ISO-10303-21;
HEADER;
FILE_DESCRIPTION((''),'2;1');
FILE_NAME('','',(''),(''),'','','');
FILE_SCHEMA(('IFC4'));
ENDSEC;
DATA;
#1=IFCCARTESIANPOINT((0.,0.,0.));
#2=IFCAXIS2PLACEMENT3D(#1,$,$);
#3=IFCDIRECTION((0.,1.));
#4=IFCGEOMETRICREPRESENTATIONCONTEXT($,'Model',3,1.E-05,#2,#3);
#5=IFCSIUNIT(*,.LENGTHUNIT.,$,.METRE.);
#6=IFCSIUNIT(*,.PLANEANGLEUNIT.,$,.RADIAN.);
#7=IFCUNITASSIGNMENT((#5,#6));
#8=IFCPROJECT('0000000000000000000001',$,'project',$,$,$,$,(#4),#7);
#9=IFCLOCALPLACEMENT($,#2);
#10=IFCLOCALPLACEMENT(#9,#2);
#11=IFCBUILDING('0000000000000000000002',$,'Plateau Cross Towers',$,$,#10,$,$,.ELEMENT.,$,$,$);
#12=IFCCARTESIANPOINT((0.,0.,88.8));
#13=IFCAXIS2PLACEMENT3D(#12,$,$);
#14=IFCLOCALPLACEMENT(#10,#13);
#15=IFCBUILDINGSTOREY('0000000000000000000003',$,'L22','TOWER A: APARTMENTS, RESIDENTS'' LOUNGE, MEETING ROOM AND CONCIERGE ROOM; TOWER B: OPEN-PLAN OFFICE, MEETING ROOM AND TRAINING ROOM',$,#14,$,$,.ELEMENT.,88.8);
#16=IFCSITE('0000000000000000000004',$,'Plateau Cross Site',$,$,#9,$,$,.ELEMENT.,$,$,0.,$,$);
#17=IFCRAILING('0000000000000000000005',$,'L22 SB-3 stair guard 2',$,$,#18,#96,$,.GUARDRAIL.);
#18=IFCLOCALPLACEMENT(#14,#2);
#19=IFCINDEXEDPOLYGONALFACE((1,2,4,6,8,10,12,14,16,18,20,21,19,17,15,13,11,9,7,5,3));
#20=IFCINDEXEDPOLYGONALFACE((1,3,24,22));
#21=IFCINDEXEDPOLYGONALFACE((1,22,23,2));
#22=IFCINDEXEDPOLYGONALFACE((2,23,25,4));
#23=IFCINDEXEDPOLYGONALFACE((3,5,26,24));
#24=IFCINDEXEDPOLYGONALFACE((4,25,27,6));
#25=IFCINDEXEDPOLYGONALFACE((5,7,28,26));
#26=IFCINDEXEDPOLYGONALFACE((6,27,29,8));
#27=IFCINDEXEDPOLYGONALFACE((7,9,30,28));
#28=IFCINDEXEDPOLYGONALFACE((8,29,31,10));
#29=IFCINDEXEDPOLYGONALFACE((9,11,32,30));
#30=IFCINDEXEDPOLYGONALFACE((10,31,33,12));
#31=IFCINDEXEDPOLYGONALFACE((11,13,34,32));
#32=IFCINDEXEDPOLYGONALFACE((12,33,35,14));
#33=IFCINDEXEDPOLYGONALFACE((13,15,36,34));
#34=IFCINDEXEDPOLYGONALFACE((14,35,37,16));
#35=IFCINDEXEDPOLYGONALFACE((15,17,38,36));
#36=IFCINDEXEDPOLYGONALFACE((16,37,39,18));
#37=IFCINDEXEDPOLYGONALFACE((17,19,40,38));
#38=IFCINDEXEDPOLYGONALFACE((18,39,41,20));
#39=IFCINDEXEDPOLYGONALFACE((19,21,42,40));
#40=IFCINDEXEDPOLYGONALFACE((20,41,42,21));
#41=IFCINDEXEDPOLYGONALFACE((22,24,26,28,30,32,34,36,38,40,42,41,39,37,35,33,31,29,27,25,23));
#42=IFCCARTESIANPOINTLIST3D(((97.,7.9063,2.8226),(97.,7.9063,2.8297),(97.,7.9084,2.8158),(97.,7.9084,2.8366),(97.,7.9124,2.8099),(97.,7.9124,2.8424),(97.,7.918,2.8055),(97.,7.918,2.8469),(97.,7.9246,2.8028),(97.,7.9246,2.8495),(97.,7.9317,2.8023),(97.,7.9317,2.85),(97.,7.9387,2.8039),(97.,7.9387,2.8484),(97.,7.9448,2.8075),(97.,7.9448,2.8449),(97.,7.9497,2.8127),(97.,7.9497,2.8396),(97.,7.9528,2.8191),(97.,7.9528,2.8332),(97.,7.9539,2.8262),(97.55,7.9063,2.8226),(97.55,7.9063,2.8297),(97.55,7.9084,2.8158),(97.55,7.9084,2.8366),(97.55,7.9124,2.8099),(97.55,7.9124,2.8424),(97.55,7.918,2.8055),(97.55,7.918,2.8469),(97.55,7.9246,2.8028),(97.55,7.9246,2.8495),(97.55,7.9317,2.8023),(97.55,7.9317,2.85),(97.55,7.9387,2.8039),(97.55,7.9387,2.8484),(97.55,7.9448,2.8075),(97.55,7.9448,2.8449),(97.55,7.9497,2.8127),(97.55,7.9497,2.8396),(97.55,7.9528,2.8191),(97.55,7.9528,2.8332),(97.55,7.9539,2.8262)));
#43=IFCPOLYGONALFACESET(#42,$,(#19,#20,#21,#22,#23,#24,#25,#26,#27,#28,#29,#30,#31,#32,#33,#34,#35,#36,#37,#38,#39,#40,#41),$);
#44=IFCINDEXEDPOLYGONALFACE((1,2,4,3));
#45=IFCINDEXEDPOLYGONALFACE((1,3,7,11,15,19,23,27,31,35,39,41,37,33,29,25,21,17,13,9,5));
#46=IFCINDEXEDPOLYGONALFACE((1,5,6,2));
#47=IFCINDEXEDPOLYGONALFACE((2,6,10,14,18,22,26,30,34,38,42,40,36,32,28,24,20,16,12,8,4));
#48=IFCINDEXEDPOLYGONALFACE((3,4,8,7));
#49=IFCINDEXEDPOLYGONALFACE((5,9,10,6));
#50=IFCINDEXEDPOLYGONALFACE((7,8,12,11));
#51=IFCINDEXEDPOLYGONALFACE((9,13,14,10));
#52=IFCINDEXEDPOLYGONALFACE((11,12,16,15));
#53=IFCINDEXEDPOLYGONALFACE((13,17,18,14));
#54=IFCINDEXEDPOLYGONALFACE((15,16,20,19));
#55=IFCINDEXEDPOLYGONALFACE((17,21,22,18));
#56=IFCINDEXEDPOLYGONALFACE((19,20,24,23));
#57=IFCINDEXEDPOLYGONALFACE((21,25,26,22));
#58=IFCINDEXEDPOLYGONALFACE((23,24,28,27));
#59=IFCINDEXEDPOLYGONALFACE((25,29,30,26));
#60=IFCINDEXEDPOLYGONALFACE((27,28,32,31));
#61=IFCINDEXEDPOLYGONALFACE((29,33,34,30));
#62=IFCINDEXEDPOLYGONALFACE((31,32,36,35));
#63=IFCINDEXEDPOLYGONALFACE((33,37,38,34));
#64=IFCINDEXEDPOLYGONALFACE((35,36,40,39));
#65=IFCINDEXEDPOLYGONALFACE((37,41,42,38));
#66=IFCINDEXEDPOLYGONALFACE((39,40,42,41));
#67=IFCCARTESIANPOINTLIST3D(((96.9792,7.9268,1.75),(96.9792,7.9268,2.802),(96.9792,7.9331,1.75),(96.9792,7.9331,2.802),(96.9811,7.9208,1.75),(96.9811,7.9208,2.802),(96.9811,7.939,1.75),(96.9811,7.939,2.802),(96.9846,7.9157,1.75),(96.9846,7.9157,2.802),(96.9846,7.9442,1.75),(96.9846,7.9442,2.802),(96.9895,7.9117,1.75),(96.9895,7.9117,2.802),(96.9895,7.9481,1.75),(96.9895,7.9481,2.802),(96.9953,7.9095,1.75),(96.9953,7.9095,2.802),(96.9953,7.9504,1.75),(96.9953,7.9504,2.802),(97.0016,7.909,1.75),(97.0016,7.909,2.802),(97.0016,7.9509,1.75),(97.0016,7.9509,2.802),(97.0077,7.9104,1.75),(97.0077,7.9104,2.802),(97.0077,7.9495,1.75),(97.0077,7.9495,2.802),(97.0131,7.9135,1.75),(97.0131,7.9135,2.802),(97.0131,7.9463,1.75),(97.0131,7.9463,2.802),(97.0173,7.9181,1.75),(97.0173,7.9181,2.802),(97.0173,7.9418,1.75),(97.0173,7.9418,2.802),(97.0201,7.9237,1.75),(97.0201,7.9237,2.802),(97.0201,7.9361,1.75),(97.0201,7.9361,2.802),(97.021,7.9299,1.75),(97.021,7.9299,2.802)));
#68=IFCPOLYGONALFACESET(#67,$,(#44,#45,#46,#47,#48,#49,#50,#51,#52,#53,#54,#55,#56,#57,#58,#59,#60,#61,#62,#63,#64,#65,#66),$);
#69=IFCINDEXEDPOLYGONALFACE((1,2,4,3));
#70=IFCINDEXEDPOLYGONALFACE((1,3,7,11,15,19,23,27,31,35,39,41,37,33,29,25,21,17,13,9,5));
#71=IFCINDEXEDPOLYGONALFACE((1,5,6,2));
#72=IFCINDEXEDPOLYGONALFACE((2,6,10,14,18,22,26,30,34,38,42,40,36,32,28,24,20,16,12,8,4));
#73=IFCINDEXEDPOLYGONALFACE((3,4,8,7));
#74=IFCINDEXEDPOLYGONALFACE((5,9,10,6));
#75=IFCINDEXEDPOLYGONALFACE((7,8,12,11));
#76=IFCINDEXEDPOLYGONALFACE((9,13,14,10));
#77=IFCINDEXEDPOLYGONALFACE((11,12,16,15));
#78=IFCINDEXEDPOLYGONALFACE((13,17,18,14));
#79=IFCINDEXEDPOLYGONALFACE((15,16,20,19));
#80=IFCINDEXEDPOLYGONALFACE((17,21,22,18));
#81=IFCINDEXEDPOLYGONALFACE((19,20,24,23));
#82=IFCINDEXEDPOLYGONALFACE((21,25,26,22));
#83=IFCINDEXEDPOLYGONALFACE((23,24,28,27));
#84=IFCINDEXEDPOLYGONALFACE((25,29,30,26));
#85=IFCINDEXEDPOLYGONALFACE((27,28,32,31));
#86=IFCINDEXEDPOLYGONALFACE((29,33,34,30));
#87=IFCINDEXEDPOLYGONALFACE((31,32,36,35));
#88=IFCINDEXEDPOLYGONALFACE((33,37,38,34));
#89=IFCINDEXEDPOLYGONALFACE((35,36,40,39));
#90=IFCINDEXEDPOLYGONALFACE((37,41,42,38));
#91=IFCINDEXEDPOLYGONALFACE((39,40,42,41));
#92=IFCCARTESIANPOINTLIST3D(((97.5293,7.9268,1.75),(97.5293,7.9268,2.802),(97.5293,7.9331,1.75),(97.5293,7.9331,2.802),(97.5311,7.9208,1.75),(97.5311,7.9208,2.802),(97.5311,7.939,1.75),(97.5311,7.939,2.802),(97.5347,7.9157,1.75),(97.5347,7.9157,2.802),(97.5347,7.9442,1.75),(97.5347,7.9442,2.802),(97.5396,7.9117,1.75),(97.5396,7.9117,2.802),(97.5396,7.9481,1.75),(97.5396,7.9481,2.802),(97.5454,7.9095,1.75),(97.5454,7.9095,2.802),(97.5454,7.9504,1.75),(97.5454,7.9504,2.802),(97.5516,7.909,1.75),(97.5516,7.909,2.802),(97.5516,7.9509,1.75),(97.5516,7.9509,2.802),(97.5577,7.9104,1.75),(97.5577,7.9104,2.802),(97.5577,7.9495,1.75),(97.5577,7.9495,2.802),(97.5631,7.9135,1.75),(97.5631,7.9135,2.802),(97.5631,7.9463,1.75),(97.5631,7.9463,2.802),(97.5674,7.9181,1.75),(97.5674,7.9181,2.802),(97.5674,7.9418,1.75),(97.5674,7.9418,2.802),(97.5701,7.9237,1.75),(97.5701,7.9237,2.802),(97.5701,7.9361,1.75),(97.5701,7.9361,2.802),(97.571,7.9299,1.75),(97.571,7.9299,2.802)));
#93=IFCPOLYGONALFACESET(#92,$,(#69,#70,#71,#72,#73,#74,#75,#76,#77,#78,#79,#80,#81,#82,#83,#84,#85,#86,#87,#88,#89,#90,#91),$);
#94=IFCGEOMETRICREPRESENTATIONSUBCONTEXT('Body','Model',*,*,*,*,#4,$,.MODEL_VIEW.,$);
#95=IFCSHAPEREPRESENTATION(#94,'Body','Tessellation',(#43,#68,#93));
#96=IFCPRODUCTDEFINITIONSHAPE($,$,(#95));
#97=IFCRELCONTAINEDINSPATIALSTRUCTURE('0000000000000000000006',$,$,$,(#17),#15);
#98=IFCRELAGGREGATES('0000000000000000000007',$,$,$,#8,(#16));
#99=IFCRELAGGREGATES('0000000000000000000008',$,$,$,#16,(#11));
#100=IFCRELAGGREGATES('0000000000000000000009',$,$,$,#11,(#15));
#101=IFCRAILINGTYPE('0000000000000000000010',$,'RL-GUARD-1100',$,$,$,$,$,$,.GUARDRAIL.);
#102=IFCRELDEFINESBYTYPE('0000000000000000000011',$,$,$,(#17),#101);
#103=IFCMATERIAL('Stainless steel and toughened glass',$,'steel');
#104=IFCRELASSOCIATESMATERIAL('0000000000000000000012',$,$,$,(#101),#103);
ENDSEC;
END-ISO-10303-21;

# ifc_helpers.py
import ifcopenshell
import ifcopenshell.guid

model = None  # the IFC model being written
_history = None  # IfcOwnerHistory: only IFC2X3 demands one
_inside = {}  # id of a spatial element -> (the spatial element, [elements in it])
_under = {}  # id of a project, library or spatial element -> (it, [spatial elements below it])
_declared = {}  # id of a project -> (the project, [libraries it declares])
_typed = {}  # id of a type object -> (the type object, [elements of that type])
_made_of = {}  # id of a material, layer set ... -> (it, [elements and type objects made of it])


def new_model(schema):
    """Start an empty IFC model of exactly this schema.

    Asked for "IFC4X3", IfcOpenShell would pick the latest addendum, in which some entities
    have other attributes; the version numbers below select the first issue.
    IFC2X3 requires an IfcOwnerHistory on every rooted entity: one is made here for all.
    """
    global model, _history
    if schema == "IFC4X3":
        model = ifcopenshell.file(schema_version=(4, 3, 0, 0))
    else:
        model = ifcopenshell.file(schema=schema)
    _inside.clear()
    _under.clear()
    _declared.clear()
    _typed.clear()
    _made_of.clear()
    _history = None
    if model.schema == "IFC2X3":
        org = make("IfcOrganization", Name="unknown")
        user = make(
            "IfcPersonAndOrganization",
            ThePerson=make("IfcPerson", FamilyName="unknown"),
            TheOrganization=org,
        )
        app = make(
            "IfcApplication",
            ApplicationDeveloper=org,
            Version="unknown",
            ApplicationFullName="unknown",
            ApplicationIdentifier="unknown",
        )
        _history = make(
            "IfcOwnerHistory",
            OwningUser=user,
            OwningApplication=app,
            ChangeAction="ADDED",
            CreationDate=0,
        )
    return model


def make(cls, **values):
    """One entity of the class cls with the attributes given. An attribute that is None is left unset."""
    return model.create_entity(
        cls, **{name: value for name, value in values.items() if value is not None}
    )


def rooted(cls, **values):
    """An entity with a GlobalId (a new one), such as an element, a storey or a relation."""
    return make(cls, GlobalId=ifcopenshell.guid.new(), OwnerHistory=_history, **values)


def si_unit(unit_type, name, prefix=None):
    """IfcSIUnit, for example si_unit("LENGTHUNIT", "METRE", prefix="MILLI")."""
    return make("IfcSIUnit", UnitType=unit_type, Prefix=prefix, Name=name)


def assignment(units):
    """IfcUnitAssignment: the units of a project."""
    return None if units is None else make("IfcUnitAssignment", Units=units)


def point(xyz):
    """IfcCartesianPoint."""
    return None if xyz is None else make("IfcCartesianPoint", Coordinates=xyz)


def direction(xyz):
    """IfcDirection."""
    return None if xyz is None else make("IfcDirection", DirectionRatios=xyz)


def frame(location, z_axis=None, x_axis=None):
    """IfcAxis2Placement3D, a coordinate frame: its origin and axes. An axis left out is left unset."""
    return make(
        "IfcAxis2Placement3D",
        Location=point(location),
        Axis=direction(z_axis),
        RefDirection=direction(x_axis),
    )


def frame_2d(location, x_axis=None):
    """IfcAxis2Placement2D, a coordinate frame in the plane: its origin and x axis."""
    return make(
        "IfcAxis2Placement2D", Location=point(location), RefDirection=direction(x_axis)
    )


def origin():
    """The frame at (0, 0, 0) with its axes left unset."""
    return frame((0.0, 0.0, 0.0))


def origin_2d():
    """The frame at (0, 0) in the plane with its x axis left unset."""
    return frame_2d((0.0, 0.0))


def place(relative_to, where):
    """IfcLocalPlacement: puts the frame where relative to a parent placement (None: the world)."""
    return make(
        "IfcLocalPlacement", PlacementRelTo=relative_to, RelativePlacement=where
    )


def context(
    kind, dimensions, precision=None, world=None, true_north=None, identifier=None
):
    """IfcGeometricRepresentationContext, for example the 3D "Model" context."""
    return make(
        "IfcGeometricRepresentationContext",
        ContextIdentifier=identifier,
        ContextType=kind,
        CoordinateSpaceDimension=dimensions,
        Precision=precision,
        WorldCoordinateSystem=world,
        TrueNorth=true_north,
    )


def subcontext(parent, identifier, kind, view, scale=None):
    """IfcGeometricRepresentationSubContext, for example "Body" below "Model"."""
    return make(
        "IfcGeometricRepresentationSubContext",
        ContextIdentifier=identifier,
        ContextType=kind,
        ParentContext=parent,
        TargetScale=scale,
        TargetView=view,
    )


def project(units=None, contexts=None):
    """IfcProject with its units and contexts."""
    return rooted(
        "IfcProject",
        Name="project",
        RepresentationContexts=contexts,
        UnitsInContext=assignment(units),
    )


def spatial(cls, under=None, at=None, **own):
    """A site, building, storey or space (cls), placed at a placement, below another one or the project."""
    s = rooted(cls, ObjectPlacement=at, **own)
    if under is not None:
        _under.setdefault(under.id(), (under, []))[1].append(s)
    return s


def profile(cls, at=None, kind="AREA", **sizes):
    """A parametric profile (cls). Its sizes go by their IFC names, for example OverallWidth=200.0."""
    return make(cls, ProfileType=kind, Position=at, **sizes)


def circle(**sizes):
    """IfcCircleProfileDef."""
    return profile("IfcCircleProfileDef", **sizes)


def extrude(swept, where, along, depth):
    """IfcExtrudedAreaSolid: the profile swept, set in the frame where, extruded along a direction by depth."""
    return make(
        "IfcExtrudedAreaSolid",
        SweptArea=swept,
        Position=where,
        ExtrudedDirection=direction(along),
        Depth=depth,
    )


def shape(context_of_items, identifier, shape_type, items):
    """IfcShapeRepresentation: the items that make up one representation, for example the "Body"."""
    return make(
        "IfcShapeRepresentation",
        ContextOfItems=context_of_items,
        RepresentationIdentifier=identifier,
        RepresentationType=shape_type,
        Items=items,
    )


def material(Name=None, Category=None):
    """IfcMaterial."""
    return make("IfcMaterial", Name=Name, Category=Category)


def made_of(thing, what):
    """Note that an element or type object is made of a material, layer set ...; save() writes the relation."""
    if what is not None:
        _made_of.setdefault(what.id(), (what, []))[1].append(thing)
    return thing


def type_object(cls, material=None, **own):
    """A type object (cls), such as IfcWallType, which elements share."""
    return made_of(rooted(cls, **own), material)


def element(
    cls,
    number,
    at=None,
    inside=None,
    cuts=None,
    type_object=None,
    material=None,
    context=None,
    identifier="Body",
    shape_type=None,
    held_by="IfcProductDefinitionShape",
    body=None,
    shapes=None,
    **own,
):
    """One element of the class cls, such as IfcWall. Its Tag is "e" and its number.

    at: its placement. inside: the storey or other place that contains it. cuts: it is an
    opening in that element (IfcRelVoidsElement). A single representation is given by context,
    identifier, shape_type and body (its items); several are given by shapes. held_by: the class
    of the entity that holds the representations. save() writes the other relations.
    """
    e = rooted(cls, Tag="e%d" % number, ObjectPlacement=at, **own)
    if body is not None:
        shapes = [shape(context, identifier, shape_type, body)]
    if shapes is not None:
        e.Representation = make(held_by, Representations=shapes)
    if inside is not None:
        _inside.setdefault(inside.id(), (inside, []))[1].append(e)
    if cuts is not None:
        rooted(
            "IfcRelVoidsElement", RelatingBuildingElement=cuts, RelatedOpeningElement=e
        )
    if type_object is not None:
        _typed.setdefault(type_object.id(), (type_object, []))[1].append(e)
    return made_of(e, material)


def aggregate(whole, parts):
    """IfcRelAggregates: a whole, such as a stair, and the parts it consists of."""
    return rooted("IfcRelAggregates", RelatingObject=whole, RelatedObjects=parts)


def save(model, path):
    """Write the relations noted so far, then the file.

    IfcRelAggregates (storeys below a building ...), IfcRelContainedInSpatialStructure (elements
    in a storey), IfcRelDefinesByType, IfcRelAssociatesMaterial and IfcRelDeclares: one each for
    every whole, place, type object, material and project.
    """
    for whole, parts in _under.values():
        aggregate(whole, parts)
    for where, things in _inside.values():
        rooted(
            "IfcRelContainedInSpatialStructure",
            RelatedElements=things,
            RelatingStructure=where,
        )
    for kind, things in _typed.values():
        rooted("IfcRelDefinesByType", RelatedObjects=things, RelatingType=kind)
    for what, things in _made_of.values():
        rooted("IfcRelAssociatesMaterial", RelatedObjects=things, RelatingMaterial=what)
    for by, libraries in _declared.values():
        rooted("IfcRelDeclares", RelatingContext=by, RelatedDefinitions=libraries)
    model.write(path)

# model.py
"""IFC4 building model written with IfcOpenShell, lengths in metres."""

from ifc_helpers import new_model, si_unit, direction, frame, origin, origin_2d, place, context, subcontext, project, spatial, circle, extrude, material, type_object, element, save


model = new_model("IFC4")

# Units and contexts
model_context = context("Model", 3, precision=1e-05, world=origin(), true_north=direction((0.0, 1.0)))
body_context = subcontext(model_context, "Body", "Model", "MODEL_VIEW")
ifc_project = project(units=[si_unit("LENGTHUNIT", "METRE"), si_unit("PLANEANGLEUNIT", "RADIAN")], contexts=[model_context])

# Site, building, storey
site_placement = place(None, origin())
site = spatial("IfcSite", under=ifc_project, at=site_placement, Name="Plateau Cross Site", CompositionType="ELEMENT", RefElevation=0.0)
building_placement = place(site_placement, origin())
building = spatial("IfcBuilding", under=site, at=building_placement, Name="Plateau Cross Towers", CompositionType="ELEMENT")
storey_placement = place(building_placement, frame((0.0, 0.0, 88.8)))
storey = spatial("IfcBuildingStorey", under=building, at=storey_placement, Name="L22", Description="TOWER A: APARTMENTS, RESIDENTS' LOUNGE, MEETING ROOM AND CONCIERGE ROOM; TOWER B: OPEN-PLAN OFFICE, MEETING ROOM AND TRAINING ROOM", CompositionType="ELEMENT", Elevation=88.8)

# Railing
ifc_material_1 = material(Name="Stainless steel and toughened glass", Category="steel")
railing_type_1 = type_object("IfcRailingType", Name="RL-GUARD-1100", PredefinedType="GUARDRAIL", material=ifc_material_1)
railing_1_placement = place(storey_placement, frame((97.0, 7.9299, 1.75)))
element("IfcRailing", 1, at=railing_1_placement, inside=storey, type_object=railing_type_1, Name="L22 SB-3 stair guard 2", PredefinedType="GUARDRAIL", context=body_context, shape_type="SweptSolid", body=[
    extrude(circle(Radius=0.0239, at=origin_2d()), frame((0.0, 0.0, 1.0762), z_axis=(1.0, 0.0, 0.0), x_axis=(0.0, 1.0, 0.0)), (0.0, 0.0, 1.0), 0.55),
    extrude(circle(Radius=0.021, at=origin_2d()), origin(), (0.0, 0.0, 1.0), 1.052),
    extrude(circle(Radius=0.021, at=origin_2d()), frame((0.55, 0.0, 0.0)), (0.0, 0.0, 1.0), 1.052),
])

save(model, "model.ifc")
